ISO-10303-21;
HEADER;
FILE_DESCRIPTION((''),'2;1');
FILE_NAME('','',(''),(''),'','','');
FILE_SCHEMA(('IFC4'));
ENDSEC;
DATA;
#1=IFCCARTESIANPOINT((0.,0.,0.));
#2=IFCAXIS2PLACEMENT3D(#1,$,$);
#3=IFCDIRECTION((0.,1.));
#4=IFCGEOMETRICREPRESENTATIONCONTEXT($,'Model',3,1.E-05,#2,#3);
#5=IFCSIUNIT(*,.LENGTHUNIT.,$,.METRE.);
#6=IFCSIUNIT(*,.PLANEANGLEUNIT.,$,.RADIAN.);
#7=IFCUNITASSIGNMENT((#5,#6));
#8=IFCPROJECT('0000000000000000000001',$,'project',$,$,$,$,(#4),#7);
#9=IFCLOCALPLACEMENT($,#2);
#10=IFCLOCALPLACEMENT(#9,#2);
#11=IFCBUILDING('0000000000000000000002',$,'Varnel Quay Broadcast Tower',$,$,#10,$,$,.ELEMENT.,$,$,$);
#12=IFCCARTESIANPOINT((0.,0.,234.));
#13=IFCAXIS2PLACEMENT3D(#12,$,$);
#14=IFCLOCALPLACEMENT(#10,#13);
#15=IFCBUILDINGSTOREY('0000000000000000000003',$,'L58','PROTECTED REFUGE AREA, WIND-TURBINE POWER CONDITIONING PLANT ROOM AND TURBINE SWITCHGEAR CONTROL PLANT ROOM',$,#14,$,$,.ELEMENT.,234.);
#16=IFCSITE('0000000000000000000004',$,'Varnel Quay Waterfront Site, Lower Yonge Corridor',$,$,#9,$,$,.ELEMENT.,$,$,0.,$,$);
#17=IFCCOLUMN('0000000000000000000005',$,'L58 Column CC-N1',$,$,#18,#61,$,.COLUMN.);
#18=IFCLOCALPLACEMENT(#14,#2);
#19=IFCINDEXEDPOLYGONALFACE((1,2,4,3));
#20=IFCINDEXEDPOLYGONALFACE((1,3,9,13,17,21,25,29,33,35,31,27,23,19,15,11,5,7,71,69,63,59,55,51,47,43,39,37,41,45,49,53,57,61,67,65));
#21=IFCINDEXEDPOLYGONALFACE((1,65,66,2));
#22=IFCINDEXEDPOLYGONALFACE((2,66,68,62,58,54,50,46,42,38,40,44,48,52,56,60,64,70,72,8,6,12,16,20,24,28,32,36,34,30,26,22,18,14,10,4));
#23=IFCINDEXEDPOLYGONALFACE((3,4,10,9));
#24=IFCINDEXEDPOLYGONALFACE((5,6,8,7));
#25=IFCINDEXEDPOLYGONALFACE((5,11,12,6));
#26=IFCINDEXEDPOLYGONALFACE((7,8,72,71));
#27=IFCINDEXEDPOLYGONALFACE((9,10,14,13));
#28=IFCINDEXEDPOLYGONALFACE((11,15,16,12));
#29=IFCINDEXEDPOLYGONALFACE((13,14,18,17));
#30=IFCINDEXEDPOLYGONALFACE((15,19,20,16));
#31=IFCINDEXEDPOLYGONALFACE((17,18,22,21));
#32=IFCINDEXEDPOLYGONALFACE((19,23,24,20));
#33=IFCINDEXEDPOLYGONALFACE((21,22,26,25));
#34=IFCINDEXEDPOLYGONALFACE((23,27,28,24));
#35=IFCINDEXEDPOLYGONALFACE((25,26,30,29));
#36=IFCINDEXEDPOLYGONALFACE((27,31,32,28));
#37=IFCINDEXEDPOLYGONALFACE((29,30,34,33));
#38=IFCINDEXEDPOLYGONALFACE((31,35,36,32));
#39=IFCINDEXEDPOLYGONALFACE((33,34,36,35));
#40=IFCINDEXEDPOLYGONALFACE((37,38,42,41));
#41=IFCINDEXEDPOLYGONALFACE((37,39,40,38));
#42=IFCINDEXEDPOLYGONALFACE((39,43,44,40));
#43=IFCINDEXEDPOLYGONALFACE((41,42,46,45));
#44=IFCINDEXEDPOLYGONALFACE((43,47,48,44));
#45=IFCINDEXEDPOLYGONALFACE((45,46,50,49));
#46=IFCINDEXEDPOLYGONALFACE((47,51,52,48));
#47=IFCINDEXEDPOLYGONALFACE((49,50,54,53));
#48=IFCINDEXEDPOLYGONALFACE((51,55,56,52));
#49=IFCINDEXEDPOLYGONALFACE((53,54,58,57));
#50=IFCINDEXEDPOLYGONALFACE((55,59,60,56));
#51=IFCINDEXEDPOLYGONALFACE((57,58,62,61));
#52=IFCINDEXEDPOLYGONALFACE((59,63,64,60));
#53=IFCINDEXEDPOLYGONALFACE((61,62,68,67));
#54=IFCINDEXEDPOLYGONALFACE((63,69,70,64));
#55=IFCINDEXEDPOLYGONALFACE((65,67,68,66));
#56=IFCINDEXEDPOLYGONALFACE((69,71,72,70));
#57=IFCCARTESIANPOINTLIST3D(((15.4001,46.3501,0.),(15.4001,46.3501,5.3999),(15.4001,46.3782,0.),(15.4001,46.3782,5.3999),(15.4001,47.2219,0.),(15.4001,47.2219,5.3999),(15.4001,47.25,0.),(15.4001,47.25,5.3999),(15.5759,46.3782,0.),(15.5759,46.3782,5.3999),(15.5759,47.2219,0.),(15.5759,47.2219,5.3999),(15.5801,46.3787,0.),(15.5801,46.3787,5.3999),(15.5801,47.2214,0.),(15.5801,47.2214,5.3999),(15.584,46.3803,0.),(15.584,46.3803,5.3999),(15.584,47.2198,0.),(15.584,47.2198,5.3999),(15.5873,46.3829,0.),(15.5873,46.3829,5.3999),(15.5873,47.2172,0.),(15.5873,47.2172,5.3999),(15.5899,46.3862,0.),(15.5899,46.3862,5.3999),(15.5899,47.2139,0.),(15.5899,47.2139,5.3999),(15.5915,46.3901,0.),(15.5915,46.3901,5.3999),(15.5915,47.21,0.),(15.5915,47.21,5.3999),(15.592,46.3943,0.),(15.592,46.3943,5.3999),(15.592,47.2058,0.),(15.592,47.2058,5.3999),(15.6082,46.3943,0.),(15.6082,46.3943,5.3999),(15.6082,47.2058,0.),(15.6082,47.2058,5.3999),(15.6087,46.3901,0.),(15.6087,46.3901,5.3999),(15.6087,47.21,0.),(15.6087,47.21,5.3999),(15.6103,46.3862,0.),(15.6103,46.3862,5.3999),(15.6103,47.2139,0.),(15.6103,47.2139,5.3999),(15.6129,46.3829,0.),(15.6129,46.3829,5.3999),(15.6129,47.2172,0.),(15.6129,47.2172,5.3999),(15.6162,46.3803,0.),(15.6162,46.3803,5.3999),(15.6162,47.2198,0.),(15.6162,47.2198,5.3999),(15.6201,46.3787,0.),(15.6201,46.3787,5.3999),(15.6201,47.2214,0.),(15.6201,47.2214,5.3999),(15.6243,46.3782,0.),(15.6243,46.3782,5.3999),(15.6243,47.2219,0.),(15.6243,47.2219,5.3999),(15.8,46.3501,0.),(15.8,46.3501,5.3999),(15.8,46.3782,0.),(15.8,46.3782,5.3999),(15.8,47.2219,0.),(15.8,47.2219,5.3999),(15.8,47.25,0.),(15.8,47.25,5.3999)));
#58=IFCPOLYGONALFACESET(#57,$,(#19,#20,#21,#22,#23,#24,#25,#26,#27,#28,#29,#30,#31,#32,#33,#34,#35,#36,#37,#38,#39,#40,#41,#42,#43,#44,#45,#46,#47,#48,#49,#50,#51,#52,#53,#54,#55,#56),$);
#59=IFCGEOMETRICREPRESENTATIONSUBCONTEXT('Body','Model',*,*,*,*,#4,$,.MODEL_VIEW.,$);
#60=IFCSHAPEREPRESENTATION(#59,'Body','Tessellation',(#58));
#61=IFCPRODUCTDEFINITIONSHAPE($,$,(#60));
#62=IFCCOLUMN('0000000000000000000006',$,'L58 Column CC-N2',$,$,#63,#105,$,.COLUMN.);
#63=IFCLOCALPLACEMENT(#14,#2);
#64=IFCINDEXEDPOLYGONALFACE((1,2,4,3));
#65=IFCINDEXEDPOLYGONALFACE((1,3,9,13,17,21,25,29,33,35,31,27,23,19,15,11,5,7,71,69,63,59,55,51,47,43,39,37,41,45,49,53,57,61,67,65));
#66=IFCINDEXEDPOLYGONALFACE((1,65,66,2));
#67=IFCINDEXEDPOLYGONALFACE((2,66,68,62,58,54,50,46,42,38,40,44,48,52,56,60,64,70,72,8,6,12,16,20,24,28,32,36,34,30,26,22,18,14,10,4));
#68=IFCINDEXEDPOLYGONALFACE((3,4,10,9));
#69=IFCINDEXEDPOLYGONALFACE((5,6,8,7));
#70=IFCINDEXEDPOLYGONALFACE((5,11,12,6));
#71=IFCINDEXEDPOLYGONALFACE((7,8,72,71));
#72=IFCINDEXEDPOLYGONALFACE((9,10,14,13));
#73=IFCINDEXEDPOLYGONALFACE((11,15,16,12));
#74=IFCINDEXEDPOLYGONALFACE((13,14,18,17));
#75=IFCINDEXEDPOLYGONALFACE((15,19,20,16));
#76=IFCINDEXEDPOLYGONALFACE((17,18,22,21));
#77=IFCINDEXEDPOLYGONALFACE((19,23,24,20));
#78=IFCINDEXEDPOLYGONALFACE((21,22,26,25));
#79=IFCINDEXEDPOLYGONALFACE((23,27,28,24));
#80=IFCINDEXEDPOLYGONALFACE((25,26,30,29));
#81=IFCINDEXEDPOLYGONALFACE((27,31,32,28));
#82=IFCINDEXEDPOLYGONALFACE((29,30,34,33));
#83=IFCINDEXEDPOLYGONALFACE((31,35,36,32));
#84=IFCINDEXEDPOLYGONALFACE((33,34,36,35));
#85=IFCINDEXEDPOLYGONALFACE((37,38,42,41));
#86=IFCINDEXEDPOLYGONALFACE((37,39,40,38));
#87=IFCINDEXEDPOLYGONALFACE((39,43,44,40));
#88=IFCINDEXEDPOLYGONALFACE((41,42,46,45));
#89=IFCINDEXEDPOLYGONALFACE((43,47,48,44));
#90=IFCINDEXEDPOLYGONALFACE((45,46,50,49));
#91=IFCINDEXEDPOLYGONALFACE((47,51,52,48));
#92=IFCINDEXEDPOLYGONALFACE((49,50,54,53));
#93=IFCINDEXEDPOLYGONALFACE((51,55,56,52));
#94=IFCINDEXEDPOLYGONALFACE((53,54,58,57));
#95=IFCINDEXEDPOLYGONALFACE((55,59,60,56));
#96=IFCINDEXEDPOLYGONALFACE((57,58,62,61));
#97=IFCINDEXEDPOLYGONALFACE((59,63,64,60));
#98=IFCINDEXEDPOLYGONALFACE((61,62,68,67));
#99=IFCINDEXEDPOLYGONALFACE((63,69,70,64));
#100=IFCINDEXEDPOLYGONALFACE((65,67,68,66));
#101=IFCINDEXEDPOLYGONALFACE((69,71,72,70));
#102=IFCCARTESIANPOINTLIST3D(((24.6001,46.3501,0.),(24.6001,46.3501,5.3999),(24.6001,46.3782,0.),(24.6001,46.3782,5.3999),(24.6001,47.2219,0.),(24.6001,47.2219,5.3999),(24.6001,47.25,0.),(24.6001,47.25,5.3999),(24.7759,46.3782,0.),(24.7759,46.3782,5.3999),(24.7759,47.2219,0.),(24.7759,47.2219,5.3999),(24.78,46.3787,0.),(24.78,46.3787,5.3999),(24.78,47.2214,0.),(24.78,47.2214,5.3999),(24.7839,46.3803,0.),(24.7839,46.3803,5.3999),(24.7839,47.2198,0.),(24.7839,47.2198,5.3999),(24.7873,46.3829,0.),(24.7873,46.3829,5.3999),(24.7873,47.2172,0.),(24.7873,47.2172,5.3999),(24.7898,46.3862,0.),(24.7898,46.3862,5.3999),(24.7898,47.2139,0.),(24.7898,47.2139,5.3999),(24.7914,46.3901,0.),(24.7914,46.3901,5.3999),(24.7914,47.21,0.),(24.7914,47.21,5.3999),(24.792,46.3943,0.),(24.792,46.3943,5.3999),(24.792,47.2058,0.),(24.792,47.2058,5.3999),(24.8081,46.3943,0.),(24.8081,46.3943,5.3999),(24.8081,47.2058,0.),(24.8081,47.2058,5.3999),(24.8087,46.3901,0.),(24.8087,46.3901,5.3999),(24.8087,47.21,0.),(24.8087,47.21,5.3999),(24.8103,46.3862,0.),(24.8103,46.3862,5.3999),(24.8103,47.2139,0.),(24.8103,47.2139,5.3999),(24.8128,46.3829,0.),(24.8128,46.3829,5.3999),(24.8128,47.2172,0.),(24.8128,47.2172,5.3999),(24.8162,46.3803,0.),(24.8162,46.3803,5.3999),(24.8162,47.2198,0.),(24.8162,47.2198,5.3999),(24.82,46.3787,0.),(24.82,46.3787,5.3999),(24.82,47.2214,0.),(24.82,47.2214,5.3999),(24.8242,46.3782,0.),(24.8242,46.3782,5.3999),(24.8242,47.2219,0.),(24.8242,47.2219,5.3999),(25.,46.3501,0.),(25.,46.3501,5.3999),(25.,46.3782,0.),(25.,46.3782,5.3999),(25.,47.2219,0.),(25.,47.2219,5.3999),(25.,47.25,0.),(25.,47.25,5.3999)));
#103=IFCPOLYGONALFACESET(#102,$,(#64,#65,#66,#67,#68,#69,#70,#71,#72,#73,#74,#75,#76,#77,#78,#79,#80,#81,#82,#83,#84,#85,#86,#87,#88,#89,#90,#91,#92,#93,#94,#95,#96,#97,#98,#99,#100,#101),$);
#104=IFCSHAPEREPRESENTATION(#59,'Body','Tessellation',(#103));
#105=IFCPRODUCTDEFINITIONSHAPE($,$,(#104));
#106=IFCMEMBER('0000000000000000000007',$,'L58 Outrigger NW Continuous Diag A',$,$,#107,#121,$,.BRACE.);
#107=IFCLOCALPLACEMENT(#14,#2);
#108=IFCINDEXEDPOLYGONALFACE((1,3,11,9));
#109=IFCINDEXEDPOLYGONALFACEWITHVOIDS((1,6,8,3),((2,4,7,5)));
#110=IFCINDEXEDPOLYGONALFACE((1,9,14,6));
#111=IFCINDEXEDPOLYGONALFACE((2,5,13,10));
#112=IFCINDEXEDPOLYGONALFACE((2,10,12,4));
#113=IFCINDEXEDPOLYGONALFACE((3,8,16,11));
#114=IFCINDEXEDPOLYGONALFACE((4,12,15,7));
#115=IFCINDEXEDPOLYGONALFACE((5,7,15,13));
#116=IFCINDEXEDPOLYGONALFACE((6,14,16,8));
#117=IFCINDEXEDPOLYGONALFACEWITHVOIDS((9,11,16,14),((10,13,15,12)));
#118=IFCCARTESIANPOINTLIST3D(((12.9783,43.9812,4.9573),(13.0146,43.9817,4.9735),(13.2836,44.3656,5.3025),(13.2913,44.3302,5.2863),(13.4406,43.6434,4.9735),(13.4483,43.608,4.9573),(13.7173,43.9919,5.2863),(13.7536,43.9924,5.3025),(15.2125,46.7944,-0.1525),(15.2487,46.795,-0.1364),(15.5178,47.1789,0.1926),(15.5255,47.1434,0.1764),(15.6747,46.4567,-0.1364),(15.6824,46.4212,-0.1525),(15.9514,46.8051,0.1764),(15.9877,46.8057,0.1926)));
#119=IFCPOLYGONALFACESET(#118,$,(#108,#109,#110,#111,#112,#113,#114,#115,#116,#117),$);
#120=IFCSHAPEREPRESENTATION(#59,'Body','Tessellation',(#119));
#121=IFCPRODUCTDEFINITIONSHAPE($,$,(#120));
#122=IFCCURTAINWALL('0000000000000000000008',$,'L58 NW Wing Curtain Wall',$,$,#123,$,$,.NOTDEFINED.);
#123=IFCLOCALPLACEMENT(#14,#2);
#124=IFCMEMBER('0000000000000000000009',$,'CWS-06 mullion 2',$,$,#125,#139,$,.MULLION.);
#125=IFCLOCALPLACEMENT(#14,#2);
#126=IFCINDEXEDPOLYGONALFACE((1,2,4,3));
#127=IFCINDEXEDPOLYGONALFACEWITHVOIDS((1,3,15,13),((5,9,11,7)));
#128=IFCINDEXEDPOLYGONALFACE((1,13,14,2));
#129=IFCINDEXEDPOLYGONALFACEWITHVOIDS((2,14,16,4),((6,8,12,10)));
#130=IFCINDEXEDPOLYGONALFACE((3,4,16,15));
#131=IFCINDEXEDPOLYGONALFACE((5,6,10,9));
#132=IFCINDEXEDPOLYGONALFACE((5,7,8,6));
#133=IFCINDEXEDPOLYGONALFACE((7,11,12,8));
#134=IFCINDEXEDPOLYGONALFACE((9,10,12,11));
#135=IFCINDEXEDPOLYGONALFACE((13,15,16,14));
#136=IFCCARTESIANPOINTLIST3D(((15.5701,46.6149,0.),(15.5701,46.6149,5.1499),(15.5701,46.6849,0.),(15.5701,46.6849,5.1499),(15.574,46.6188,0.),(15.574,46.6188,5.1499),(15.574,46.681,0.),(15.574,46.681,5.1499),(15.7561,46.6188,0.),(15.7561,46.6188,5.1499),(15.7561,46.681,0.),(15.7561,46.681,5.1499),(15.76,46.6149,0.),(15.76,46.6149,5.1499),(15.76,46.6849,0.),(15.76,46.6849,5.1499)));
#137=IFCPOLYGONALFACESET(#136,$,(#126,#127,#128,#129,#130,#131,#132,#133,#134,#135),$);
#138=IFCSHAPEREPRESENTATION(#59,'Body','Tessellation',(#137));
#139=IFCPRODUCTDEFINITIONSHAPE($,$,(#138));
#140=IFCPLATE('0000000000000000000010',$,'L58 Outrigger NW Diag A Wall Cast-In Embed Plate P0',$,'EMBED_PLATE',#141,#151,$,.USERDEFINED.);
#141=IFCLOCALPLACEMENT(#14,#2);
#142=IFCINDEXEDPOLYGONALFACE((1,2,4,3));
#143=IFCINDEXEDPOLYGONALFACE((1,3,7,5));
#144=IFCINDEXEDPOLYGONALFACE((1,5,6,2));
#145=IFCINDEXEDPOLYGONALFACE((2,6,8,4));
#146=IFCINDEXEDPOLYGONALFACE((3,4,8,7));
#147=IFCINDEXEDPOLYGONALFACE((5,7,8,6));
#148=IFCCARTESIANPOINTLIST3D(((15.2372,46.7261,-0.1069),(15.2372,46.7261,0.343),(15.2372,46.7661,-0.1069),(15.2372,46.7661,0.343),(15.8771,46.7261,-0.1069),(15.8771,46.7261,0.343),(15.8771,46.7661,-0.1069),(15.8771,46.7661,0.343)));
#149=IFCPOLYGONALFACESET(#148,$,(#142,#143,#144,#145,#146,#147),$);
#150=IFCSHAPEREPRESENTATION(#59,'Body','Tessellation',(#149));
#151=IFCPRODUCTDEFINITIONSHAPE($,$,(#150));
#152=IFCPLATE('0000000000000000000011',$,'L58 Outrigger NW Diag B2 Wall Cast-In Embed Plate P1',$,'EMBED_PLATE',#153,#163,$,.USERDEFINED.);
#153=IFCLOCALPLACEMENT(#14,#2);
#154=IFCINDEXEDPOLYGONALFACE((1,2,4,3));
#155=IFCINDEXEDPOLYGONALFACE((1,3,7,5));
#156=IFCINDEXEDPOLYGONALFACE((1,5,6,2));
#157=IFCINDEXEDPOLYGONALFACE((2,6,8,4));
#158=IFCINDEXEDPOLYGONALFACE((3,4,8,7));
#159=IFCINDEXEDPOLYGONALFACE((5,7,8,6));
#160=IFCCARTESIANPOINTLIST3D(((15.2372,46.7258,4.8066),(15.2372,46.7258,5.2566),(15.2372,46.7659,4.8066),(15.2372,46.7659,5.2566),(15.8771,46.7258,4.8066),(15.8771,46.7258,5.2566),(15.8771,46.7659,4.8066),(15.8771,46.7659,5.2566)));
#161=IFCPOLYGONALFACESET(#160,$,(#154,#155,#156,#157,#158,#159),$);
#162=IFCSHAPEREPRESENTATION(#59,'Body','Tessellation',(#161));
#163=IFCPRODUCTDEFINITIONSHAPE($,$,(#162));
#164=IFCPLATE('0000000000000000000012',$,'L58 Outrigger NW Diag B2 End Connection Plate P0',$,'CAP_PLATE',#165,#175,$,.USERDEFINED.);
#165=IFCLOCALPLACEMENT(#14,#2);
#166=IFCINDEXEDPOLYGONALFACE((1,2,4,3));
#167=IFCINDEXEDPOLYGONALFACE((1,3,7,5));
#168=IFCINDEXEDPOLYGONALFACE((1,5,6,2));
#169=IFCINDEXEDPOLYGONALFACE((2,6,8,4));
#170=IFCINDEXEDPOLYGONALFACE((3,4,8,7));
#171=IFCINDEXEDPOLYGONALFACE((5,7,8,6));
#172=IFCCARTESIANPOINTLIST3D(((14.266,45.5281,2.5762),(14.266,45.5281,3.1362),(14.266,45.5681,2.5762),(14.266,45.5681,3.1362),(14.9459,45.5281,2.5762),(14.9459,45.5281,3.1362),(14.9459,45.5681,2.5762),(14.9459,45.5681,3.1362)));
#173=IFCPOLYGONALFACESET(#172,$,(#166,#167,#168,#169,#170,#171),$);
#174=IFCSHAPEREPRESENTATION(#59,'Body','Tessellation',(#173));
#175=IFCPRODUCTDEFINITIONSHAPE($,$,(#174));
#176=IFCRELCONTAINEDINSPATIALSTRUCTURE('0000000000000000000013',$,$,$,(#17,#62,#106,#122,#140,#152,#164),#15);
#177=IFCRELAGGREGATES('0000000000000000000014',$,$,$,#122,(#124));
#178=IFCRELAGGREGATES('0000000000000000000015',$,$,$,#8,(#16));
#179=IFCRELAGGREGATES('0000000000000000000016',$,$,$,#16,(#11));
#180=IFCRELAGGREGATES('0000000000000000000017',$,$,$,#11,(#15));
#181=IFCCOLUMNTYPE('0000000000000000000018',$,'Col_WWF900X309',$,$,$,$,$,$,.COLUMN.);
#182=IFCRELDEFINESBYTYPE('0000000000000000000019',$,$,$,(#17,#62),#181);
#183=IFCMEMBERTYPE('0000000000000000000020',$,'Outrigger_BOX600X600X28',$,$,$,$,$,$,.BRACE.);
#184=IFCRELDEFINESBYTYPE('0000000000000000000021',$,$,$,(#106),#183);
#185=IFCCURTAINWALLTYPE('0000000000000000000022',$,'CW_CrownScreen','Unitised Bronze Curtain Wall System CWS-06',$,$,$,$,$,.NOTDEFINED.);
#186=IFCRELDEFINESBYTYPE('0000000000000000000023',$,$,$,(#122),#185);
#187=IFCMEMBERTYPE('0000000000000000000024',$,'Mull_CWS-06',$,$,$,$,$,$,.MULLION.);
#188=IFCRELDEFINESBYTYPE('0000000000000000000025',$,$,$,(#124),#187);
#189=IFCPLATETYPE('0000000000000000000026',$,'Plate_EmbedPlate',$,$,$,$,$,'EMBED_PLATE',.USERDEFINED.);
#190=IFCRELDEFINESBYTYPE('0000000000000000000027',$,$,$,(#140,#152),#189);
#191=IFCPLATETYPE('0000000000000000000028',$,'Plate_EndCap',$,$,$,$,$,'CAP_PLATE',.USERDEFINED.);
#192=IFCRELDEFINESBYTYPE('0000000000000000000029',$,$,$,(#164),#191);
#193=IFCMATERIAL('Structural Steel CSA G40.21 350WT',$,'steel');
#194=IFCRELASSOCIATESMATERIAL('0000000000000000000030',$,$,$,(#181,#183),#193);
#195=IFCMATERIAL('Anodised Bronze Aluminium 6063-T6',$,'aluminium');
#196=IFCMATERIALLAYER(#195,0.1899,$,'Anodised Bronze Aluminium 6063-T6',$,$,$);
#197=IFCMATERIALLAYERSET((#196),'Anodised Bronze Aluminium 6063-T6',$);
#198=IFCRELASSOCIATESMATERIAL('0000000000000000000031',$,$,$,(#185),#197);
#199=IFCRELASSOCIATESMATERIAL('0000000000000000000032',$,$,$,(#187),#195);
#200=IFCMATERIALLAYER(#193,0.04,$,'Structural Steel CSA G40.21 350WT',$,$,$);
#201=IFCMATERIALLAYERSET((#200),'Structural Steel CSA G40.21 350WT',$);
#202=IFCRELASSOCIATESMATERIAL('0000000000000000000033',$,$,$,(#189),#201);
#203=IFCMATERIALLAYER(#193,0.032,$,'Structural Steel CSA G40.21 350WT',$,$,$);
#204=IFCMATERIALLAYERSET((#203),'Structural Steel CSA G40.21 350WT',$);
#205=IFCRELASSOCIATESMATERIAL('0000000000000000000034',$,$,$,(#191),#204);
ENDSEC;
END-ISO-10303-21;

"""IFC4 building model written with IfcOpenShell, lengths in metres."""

from ifc_helpers import new_model, si_unit, direction, frame, origin, origin_2d, place, context, subcontext, project, spatial, rectangle, hollow_rectangle, i_section, extrude, source, transform, mapped, material, layer, layer_set, material_profile, profile_set, type_object, type_shapes, element, aggregate, save


model = new_model("IFC4")

# Units and contexts
model_context = context("Model", 3, precision=1e-05, world=origin(), true_north=direction((0.0, 1.0)))
body_context = subcontext(model_context, "Body", "Model", "MODEL_VIEW")
ifc_project = project(units=[si_unit("LENGTHUNIT", "METRE"), si_unit("PLANEANGLEUNIT", "RADIAN")], contexts=[model_context])

# Site, building, storey
site_placement = place(None, origin())
site = spatial("IfcSite", under=ifc_project, at=site_placement, Name="Varnel Quay Waterfront Site, Lower Yonge Corridor", CompositionType="ELEMENT", RefElevation=0.0)
building_placement = place(site_placement, origin())
building = spatial("IfcBuilding", under=site, at=building_placement, Name="Varnel Quay Broadcast Tower", CompositionType="ELEMENT")
storey_placement = place(building_placement, frame((0.0, 0.0, 234.0)))
storey = spatial("IfcBuildingStorey", under=building, at=storey_placement, Name="L58", Description="PROTECTED REFUGE AREA, WIND-TURBINE POWER CONDITIONING PLANT ROOM AND TURBINE SWITCHGEAR CONTROL PLANT ROOM", CompositionType="ELEMENT", Elevation=234.0)

# Columns
ifc_material_1 = material(Name="Structural Steel CSA G40.21 350WT", Category="steel")
ifc_material_profile_1 = material_profile(ifc_material_1, i_section(OverallWidth=0.3999, OverallDepth=0.8999, WebThickness=0.0161, FlangeThickness=0.0281, FilletRadius=0.0161, at=origin_2d()), Name="WWF900X309")
ifc_profile_set_1 = profile_set([ifc_material_profile_1], Name="Structural Steel CSA G40.21 350WT")
column_type = type_object("IfcColumnType", Name="Col_WWF900X309", PredefinedType="COLUMN", material=ifc_profile_set_1)
shared_shape_1 = source(origin(), body_context, "Body", "SweptSolid", [
    extrude(i_section(OverallWidth=0.3999, OverallDepth=0.8999, WebThickness=0.0161, FlangeThickness=0.0281, FilletRadius=0.0161, at=origin_2d()), origin(), (0.0, 0.0, 1.0), 5.3999),
])
type_shapes(column_type, [shared_shape_1])
for number, where, z_axis, x_axis, name in (
    (1, (15.6001, 46.8, 0.0), (0.0, 0.0, 1.0), (1.0, 0.0, 0.0), "L58 Column CC-N1"),
    (2, (24.8, 46.8, 0.0), (0.0, 0.0, 1.0), (1.0, 0.0, 0.0), "L58 Column CC-N2"),
):
    element("IfcColumn", number, at=place(storey_placement, frame(where, z_axis=z_axis, x_axis=x_axis)), inside=storey, type_object=column_type, Name=name, PredefinedType="COLUMN", context=body_context, shape_type="MappedRepresentation", body=[
        mapped(shared_shape_1, transform((0.0, 0.0, 0.0), x_axis=(1.0, 0.0, 0.0), y_axis=(0.0, 1.0, 0.0), z_axis=(0.0, 0.0, 1.0), scale=1.0)),
    ])

# Member
ifc_material_profile_2 = material_profile(ifc_material_1, hollow_rectangle(XDim=0.6001, YDim=0.6001, WallThickness=0.0281, at=origin_2d()), Name="BOX600X600X28")
ifc_profile_set_2 = profile_set([ifc_material_profile_2], Name="Structural Steel CSA G40.21 350WT")
member_type_1 = type_object("IfcMemberType", Name="Outrigger_BOX600X600X28", PredefinedType="BRACE", material=ifc_profile_set_2)
shared_shape_2 = source(origin(), body_context, "Body", "SweptSolid", [
    extrude(hollow_rectangle(XDim=0.6001, YDim=0.6001, WallThickness=0.0281, at=origin_2d()), origin(), (0.0, 0.0, 1.0), 6.2463),
])
type_shapes(member_type_1, [shared_shape_2])
member_1_placement = place(storey_placement, frame((15.6001, 46.8, 0.02), z_axis=(-0.357672, -0.450383, 0.818062), x_axis=(0.783098, -0.621898, 0.0)))
element("IfcMember", 3, at=member_1_placement, inside=storey, type_object=member_type_1, Name="L58 Outrigger NW Continuous Diag A", PredefinedType="BRACE", context=body_context, shape_type="MappedRepresentation", body=[
    mapped(shared_shape_2, transform((0.0, 0.0, 0.0), x_axis=(1.0, 0.0, 0.0), y_axis=(0.0, 1.0, 0.0), z_axis=(0.0, 0.0, 1.0), scale=1.0)),
])

# Curtain wall, member
ifc_material_2 = material(Name="Anodised Bronze Aluminium 6063-T6", Category="aluminium")
ifc_layer_1 = layer(ifc_material_2, 0.1899, Name="Anodised Bronze Aluminium 6063-T6")
ifc_layer_set_1 = layer_set([ifc_layer_1], Name="Anodised Bronze Aluminium 6063-T6")
curtain_wall_type = type_object("IfcCurtainWallType", Name="CW_CrownScreen", Description="Unitised Bronze Curtain Wall System CWS-06", PredefinedType="NOTDEFINED", material=ifc_layer_set_1)
curtain_wall_placement = place(storey_placement, origin())
curtain_wall = element("IfcCurtainWall", 4, at=curtain_wall_placement, inside=storey, type_object=curtain_wall_type, Name="L58 NW Wing Curtain Wall", PredefinedType="NOTDEFINED")
ifc_material_profile_3 = material_profile(ifc_material_2, hollow_rectangle(XDim=0.0701, YDim=0.1899, WallThickness=0.0039, at=origin_2d()), Name="ALU70X190X4")
ifc_profile_set_3 = profile_set([ifc_material_profile_3], Name="Anodised Bronze Aluminium 6063-T6")
member_type_2 = type_object("IfcMemberType", Name="Mull_CWS-06", PredefinedType="MULLION", material=ifc_profile_set_3)
shared_shape_3 = source(origin(), body_context, "Body", "SweptSolid", [
    extrude(hollow_rectangle(XDim=0.0701, YDim=0.1899, WallThickness=0.0039, at=origin_2d()), origin(), (0.0, 0.0, 1.0), 5.1499),
])
type_shapes(member_type_2, [shared_shape_3])
member_2_placement = place(storey_placement, frame((15.665, 46.6499, 0.0), z_axis=(0.0, 0.0, 1.0), x_axis=(0.0, 1.0, 0.0)))
member_2 = element("IfcMember", 5, at=member_2_placement, type_object=member_type_2, Name="CWS-06 mullion 2", PredefinedType="MULLION", context=body_context, shape_type="MappedRepresentation", body=[
    mapped(shared_shape_3, transform((0.0, 0.0, 0.0), x_axis=(1.0, 0.0, 0.0), y_axis=(0.0, 1.0, 0.0), z_axis=(0.0, 0.0, 1.0), scale=1.0)),
])
aggregate(curtain_wall, [member_2])

# Plates
ifc_layer_2 = layer(ifc_material_1, 0.04, Name="Structural Steel CSA G40.21 350WT")
ifc_layer_set_2 = layer_set([ifc_layer_2], Name="Structural Steel CSA G40.21 350WT")
plate_type_1 = type_object("IfcPlateType", Name="Plate_EmbedPlate", ElementType="EMBED_PLATE", PredefinedType="USERDEFINED", material=ifc_layer_set_2)
shared_shape_4 = source(origin(), body_context, "Body", "SweptSolid", [
    extrude(rectangle(XDim=0.6399, YDim=0.04, at=origin_2d()), origin(), (0.0, 0.0, 1.0), 0.45),
])
type_shapes(plate_type_1, [shared_shape_4])
for number, where, z_axis, x_axis, name in (
    (6, (15.5571, 46.7461, -0.1069), (0.0, 0.0, 1.0), (1.0, 0.0, 0.0), "L58 Outrigger NW Diag A Wall Cast-In Embed Plate P0"),
    (7, (15.5571, 46.7458, 4.8066), (0.0, 0.0, 1.0), (1.0, 0.0, 0.0), "L58 Outrigger NW Diag B2 Wall Cast-In Embed Plate P1"),
):
    element("IfcPlate", number, at=place(storey_placement, frame(where, z_axis=z_axis, x_axis=x_axis)), inside=storey, type_object=plate_type_1, Name=name, ObjectType="EMBED_PLATE", PredefinedType="USERDEFINED", context=body_context, shape_type="MappedRepresentation", body=[
        mapped(shared_shape_4, transform((0.0, 0.0, 0.0), x_axis=(1.0, 0.0, 0.0), y_axis=(0.0, 1.0, 0.0), z_axis=(0.0, 0.0, 1.0), scale=1.0)),
    ])
ifc_layer_3 = layer(ifc_material_1, 0.032, Name="Structural Steel CSA G40.21 350WT")
ifc_layer_set_3 = layer_set([ifc_layer_3], Name="Structural Steel CSA G40.21 350WT")
plate_type_2 = type_object("IfcPlateType", Name="Plate_EndCap", ElementType="CAP_PLATE", PredefinedType="USERDEFINED", material=ifc_layer_set_3)
shared_shape_5 = source(origin(), body_context, "Body", "SweptSolid", [
    extrude(rectangle(XDim=0.6799, YDim=0.04, at=origin_2d()), origin(), (0.0, 0.0, 1.0), 0.5601),
])
type_shapes(plate_type_2, [shared_shape_5])
plate_placement = place(storey_placement, frame((14.606, 45.5481, 2.5762), z_axis=(0.0, 0.0, 1.0), x_axis=(1.0, 0.0, 0.0)))
element("IfcPlate", 8, at=plate_placement, inside=storey, type_object=plate_type_2, Name="L58 Outrigger NW Diag B2 End Connection Plate P0", ObjectType="CAP_PLATE", PredefinedType="USERDEFINED", context=body_context, shape_type="MappedRepresentation", body=[
    mapped(shared_shape_5, transform((0.0, 0.0, 0.0), x_axis=(1.0, 0.0, 0.0), y_axis=(0.0, 1.0, 0.0), z_axis=(0.0, 0.0, 1.0), scale=1.0)),
])

save(model, "model.ifc")
